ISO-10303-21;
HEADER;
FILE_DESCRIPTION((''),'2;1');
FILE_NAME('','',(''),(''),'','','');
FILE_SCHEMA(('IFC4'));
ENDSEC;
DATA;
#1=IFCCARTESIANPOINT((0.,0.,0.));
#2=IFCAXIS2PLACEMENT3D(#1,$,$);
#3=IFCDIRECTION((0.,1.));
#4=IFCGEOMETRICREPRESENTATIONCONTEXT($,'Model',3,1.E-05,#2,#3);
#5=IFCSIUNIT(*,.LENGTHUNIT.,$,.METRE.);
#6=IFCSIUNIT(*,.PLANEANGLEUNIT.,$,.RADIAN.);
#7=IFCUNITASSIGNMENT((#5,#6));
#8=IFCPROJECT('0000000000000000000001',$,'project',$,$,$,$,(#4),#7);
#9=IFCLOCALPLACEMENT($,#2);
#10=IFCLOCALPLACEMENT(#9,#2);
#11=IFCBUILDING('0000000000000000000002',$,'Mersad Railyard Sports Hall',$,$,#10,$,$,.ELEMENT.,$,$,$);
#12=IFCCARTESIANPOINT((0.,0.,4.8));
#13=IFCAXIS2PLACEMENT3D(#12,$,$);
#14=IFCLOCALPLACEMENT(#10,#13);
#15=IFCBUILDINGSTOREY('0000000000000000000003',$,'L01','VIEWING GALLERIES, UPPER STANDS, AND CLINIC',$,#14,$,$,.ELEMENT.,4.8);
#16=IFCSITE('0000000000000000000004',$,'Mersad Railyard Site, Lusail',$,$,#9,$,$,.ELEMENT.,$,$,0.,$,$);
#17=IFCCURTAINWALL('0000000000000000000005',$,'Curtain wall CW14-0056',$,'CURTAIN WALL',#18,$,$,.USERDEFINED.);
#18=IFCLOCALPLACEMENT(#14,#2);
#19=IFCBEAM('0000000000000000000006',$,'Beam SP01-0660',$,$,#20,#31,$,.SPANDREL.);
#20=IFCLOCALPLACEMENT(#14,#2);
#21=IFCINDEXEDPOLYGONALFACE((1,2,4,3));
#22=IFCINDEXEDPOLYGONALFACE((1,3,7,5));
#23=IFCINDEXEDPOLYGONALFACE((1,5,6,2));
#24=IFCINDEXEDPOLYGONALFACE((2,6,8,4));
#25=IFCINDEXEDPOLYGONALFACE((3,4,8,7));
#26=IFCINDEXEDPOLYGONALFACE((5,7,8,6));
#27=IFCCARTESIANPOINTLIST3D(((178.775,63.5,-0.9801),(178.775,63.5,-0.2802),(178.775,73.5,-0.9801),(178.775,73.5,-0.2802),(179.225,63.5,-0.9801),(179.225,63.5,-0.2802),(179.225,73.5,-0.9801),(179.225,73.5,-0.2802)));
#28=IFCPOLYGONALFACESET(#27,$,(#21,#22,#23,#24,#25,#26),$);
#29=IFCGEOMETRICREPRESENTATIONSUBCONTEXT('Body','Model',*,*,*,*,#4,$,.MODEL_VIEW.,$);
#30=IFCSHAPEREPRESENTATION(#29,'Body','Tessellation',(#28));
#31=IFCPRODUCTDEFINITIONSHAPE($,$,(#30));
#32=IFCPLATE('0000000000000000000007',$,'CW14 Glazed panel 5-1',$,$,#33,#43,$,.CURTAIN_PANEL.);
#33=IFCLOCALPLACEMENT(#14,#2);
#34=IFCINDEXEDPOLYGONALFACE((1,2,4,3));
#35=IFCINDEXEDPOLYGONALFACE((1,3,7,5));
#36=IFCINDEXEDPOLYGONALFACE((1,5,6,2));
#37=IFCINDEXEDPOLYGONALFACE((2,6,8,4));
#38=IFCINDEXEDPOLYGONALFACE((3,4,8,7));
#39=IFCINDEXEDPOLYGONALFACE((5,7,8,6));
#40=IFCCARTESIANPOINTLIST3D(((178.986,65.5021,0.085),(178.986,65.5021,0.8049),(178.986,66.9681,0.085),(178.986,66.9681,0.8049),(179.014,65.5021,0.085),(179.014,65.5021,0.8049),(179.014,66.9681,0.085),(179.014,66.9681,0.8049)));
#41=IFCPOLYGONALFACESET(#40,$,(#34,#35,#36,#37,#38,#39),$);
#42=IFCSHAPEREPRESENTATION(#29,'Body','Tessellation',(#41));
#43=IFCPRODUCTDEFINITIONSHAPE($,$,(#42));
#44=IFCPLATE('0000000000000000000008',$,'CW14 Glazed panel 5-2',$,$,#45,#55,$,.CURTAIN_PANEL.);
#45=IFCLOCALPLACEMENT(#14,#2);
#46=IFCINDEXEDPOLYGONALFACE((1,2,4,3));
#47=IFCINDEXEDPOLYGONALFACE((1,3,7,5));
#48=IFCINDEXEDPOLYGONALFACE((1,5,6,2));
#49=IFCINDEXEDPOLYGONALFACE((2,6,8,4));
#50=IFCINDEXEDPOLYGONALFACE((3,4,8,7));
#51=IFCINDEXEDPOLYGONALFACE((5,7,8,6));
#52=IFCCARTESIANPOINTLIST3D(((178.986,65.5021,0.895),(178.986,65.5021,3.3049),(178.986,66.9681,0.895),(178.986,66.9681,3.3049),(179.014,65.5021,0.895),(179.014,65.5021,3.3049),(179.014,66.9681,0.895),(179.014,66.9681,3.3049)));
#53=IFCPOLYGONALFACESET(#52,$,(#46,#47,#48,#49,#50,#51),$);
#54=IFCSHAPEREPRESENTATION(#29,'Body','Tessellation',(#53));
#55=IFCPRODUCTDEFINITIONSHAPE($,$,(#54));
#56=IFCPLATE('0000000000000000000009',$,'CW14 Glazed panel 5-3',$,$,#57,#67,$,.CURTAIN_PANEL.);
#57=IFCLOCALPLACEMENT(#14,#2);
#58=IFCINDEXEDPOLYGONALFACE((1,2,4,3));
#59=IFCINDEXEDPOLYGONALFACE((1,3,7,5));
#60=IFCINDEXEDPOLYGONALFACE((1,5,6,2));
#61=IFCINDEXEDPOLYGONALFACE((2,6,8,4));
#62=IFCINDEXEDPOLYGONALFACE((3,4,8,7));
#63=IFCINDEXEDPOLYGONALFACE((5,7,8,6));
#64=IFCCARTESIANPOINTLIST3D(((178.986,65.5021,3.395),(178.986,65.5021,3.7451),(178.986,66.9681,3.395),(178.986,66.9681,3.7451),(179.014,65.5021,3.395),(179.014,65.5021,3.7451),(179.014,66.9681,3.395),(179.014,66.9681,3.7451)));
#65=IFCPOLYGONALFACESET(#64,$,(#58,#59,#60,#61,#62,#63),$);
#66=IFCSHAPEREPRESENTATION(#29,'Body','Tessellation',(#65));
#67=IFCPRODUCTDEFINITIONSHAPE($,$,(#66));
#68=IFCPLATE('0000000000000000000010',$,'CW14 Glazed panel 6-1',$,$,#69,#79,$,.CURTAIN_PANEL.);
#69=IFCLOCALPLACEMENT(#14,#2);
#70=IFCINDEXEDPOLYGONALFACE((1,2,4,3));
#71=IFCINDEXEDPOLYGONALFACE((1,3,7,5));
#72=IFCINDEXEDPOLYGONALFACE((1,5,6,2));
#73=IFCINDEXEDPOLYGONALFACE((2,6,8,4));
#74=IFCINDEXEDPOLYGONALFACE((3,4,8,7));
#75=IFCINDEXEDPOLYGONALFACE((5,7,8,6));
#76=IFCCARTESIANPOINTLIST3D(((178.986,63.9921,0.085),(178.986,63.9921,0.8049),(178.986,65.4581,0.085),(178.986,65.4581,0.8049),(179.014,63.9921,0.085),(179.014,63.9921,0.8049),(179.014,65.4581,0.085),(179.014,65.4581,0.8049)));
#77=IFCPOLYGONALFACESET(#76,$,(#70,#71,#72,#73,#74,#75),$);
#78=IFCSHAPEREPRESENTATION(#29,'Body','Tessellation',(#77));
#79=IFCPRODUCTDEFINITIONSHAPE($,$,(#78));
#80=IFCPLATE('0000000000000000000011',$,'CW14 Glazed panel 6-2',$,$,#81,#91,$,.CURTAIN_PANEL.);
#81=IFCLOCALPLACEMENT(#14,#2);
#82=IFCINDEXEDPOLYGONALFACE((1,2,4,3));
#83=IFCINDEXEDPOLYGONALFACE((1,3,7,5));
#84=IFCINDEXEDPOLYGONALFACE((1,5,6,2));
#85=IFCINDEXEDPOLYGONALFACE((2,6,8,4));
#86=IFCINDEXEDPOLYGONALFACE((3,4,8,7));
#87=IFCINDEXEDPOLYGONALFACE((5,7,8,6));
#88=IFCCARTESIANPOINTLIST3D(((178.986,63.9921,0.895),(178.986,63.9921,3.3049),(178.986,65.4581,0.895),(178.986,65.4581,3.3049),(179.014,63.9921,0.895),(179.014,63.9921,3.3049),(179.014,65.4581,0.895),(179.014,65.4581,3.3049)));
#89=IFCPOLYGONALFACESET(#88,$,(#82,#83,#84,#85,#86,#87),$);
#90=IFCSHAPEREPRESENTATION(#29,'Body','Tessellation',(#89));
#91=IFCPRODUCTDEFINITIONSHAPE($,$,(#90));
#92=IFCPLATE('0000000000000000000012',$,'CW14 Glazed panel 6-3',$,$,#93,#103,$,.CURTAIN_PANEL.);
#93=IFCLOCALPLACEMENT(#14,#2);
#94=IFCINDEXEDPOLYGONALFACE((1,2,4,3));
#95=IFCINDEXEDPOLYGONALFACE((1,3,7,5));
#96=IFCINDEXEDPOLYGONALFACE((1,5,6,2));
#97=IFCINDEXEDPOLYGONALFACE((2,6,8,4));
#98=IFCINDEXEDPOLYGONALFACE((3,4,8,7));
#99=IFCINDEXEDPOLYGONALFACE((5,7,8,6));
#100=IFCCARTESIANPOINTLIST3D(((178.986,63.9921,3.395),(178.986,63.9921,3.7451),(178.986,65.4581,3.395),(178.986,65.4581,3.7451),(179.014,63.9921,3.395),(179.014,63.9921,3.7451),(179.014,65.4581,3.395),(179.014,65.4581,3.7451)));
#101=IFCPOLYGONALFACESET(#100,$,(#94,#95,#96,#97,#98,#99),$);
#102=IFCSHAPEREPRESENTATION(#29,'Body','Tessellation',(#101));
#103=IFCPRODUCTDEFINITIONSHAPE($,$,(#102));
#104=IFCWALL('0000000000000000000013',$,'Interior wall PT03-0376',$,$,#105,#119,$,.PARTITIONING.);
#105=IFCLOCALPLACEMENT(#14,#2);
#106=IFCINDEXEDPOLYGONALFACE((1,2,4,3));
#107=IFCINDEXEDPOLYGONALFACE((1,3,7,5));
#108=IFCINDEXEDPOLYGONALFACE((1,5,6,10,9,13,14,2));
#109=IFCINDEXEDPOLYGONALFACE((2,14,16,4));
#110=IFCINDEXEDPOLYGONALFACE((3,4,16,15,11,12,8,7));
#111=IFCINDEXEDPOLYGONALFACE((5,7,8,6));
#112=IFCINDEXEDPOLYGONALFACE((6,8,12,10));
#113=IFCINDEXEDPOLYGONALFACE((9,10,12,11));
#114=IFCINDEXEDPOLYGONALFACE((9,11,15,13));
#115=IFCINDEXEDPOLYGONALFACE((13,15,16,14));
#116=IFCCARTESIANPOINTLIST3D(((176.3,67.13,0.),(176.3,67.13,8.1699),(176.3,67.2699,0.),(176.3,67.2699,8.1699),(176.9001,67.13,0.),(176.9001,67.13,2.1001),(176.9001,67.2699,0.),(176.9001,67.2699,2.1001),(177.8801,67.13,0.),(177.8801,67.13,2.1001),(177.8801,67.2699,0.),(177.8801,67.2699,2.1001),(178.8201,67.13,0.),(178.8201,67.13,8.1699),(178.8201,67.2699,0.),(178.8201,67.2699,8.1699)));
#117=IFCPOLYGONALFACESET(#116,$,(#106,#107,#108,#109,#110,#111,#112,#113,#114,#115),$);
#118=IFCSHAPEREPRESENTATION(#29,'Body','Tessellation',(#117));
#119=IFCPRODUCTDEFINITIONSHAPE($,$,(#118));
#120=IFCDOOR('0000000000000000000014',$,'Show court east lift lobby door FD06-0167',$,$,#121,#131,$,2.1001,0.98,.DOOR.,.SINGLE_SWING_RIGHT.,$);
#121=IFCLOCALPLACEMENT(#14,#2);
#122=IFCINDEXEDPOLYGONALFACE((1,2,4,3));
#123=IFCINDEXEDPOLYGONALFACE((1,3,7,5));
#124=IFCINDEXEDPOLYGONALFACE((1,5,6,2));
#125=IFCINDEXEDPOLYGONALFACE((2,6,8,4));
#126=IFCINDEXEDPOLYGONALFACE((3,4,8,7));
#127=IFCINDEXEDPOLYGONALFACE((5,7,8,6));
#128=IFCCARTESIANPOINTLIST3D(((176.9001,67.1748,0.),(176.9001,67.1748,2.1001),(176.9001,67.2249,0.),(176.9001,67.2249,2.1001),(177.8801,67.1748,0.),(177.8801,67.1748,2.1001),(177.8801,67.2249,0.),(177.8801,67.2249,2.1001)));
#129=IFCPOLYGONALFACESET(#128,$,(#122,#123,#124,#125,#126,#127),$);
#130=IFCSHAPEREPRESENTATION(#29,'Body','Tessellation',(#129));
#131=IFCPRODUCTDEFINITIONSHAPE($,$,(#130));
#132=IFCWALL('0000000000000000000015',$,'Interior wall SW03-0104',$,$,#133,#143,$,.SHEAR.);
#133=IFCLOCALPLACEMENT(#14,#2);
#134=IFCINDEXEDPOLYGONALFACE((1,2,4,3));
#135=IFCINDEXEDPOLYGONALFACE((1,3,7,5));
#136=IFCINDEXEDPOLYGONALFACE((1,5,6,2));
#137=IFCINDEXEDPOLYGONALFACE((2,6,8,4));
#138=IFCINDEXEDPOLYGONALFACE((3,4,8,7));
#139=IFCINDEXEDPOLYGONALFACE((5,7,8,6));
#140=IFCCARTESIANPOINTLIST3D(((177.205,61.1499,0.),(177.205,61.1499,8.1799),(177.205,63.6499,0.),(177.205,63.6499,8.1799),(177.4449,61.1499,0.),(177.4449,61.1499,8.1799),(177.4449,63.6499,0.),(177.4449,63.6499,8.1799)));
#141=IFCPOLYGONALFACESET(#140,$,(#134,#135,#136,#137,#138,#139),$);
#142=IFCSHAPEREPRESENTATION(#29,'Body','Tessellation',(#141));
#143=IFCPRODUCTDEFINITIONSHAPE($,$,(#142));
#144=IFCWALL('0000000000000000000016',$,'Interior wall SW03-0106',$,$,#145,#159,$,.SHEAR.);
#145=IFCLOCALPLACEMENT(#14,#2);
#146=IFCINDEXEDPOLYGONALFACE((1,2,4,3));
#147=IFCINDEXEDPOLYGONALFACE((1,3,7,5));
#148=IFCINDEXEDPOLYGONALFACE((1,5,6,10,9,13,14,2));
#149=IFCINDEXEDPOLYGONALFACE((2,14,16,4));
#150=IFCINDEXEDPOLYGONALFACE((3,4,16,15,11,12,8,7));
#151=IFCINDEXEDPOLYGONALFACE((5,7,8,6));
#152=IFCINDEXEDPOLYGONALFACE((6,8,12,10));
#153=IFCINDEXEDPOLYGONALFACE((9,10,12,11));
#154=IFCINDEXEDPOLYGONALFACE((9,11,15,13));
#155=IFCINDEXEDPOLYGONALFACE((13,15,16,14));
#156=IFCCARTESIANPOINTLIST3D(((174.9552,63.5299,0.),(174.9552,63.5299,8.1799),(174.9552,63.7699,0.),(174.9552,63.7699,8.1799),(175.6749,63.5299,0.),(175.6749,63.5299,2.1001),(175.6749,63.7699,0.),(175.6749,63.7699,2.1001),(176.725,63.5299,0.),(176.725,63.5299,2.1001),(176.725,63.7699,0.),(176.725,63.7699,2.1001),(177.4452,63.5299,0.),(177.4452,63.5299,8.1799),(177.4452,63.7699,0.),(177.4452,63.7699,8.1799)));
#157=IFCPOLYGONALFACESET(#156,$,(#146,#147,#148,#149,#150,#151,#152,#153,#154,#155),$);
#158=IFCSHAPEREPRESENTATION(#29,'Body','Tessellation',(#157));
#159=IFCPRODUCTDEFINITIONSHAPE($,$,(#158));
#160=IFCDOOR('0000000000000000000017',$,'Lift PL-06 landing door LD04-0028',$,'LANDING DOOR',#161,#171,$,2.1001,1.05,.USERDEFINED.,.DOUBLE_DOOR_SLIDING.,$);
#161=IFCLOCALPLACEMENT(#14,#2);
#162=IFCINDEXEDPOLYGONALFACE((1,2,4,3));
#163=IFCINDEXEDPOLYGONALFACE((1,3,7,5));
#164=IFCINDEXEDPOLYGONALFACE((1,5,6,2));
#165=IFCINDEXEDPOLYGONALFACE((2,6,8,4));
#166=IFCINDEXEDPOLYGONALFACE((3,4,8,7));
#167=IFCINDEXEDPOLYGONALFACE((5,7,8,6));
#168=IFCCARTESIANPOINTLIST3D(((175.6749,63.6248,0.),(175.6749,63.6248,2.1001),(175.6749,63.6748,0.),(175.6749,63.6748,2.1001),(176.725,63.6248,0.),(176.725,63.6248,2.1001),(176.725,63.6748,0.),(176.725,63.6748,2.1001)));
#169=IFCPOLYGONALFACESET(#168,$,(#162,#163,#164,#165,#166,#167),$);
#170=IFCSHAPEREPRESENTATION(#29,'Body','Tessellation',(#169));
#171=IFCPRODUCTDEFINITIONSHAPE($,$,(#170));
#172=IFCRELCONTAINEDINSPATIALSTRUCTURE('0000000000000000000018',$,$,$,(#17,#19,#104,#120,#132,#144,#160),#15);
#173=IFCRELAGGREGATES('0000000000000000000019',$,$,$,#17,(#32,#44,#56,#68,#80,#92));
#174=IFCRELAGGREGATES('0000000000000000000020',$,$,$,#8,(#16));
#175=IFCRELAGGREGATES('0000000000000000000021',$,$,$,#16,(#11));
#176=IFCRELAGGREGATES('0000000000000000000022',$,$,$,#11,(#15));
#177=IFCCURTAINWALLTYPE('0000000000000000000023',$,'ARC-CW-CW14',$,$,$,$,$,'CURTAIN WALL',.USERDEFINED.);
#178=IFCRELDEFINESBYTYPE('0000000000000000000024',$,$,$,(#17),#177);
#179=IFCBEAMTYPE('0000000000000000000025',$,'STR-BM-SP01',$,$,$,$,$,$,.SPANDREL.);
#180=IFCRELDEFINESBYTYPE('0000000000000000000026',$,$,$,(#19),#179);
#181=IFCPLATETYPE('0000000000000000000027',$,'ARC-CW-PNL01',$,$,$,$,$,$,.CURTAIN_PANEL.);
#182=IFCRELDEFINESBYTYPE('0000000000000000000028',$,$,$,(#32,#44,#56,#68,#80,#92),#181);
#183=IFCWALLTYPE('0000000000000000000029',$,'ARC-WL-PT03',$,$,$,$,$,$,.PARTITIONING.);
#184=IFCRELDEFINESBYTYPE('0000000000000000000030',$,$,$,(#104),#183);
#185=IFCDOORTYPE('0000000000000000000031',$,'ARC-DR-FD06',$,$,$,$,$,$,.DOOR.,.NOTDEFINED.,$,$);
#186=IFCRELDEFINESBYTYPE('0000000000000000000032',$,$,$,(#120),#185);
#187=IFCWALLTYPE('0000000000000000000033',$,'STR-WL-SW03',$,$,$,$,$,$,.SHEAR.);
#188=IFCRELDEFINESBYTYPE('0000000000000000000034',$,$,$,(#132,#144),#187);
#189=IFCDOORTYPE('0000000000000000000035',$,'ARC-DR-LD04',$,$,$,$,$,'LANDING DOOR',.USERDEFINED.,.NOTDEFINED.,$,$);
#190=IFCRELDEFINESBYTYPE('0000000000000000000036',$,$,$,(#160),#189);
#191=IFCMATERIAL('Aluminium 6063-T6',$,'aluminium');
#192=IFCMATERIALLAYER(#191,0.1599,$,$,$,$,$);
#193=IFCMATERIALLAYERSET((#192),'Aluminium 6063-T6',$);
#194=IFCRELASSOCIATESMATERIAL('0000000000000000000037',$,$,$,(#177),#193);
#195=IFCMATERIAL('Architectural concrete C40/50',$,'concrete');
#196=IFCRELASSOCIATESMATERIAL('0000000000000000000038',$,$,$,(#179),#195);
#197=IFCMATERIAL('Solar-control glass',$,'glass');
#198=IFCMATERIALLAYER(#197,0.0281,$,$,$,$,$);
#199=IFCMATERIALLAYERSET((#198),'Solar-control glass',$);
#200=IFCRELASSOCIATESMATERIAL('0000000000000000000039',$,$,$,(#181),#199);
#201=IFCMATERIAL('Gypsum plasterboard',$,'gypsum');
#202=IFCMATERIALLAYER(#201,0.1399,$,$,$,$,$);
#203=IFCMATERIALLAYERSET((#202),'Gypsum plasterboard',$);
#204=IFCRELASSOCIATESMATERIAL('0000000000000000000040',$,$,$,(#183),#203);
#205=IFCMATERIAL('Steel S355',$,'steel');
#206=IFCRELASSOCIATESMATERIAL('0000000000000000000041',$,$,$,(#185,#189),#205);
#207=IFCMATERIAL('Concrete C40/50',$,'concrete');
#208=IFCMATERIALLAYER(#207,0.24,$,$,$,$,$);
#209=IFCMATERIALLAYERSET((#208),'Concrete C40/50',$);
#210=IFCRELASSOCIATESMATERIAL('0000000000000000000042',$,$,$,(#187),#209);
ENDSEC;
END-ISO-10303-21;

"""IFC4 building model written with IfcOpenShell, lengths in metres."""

from ifc_helpers import new_model, si_unit, direction, frame, frame_2d, origin, origin_2d, place, context, subcontext, project, spatial, rectangle, extrude, material, layer, layer_set, material_profile, profile_set, type_object, element, fill, aggregate, save


model = new_model("IFC4")

# Units and contexts
model_context = context("Model", 3, precision=1e-05, world=origin(), true_north=direction((0.0, 1.0)))
body_context = subcontext(model_context, "Body", "Model", "MODEL_VIEW")
ifc_project = project(units=[si_unit("LENGTHUNIT", "METRE"), si_unit("PLANEANGLEUNIT", "RADIAN")], contexts=[model_context])

# Site, building, storey
site_placement = place(None, origin())
site = spatial("IfcSite", under=ifc_project, at=site_placement, Name="Mersad Railyard Site, Lusail", CompositionType="ELEMENT", RefElevation=0.0)
building_placement = place(site_placement, origin())
building = spatial("IfcBuilding", under=site, at=building_placement, Name="Mersad Railyard Sports Hall", CompositionType="ELEMENT")
storey_placement = place(building_placement, frame((0.0, 0.0, 4.8)))
storey = spatial("IfcBuildingStorey", under=building, at=storey_placement, Name="L01", Description="VIEWING GALLERIES, UPPER STANDS, AND CLINIC", CompositionType="ELEMENT", Elevation=4.8)

# Shared definitions
ifc_material_1 = material(Name="Concrete C40/50", Category="concrete")

# Curtain wall
ifc_material_2 = material(Name="Aluminium 6063-T6", Category="aluminium")
ifc_layer_1 = layer(ifc_material_2, 0.1599)
ifc_layer_set_1 = layer_set([ifc_layer_1], Name="Aluminium 6063-T6")
curtain_wall_type = type_object("IfcCurtainWallType", Name="ARC-CW-CW14", ElementType="CURTAIN WALL", PredefinedType="USERDEFINED", material=ifc_layer_set_1)
curtain_wall_placement = place(storey_placement, origin())
curtain_wall = element("IfcCurtainWall", 1, at=curtain_wall_placement, inside=storey, type_object=curtain_wall_type, Name="Curtain wall CW14-0056", ObjectType="CURTAIN WALL", PredefinedType="USERDEFINED")

# Beam
ifc_material_3 = material(Name="Architectural concrete C40/50", Category="concrete")
ifc_material_profile_1 = material_profile(ifc_material_3, rectangle(XDim=0.45, YDim=0.7, at=origin_2d()), Name="RC 450x700")
ifc_profile_set_1 = profile_set([ifc_material_profile_1], Name="Architectural concrete C40/50")
beam_type_1 = type_object("IfcBeamType", Name="STR-BM-SP01", PredefinedType="SPANDREL", material=ifc_profile_set_1)
beam_1_placement = place(storey_placement, frame((179.0, 63.5, -0.6301), z_axis=(0.0, 1.0, 0.0), x_axis=(-1.0, 0.0, 0.0)))
element("IfcBeam", 2, at=beam_1_placement, inside=storey, type_object=beam_type_1, Name="Beam SP01-0660", PredefinedType="SPANDREL", context=body_context, shape_type="SweptSolid", body=[
    extrude(rectangle(XDim=0.45, YDim=0.7, at=origin_2d()), origin(), (0.0, 0.0, 1.0), 10.0),
])

# Plates
ifc_material_4 = material(Name="Solar-control glass", Category="glass")
ifc_layer_2 = layer(ifc_material_4, 0.0281)
ifc_layer_set_2 = layer_set([ifc_layer_2], Name="Solar-control glass")
plate_type = type_object("IfcPlateType", Name="ARC-CW-PNL01", PredefinedType="CURTAIN_PANEL", material=ifc_layer_set_2)
plate_1_placement = place(storey_placement, frame((179.0, 66.2351, 0.085), z_axis=(0.0, 0.0, 1.0), x_axis=(0.0, -1.0, 0.0)))
plate_1 = element("IfcPlate", 3, at=plate_1_placement, type_object=plate_type, Name="CW14 Glazed panel 5-1", PredefinedType="CURTAIN_PANEL", context=body_context, shape_type="SweptSolid", body=[
    extrude(rectangle(XDim=1.4661, YDim=0.0281, at=origin_2d()), origin(), (0.0, 0.0, 1.0), 0.72),
])
plate_2_placement = place(storey_placement, frame((179.0, 66.2351, 0.895), z_axis=(0.0, 0.0, 1.0), x_axis=(0.0, -1.0, 0.0)))
plate_2 = element("IfcPlate", 4, at=plate_2_placement, type_object=plate_type, Name="CW14 Glazed panel 5-2", PredefinedType="CURTAIN_PANEL", context=body_context, shape_type="SweptSolid", body=[
    extrude(rectangle(XDim=1.4661, YDim=0.0281, at=origin_2d()), origin(), (0.0, 0.0, 1.0), 2.4099),
])
plate_3_placement = place(storey_placement, frame((179.0, 66.2351, 3.395), z_axis=(0.0, 0.0, 1.0), x_axis=(0.0, -1.0, 0.0)))
plate_3 = element("IfcPlate", 5, at=plate_3_placement, type_object=plate_type, Name="CW14 Glazed panel 5-3", PredefinedType="CURTAIN_PANEL", context=body_context, shape_type="SweptSolid", body=[
    extrude(rectangle(XDim=1.4661, YDim=0.0281, at=origin_2d()), origin(), (0.0, 0.0, 1.0), 0.3501),
])
plate_4_placement = place(storey_placement, frame((179.0, 64.7251, 0.085), z_axis=(0.0, 0.0, 1.0), x_axis=(0.0, -1.0, 0.0)))
plate_4 = element("IfcPlate", 6, at=plate_4_placement, type_object=plate_type, Name="CW14 Glazed panel 6-1", PredefinedType="CURTAIN_PANEL", context=body_context, shape_type="SweptSolid", body=[
    extrude(rectangle(XDim=1.4661, YDim=0.0281, at=origin_2d()), origin(), (0.0, 0.0, 1.0), 0.72),
])
plate_5_placement = place(storey_placement, frame((179.0, 64.7251, 0.895), z_axis=(0.0, 0.0, 1.0), x_axis=(0.0, -1.0, 0.0)))
plate_5 = element("IfcPlate", 7, at=plate_5_placement, type_object=plate_type, Name="CW14 Glazed panel 6-2", PredefinedType="CURTAIN_PANEL", context=body_context, shape_type="SweptSolid", body=[
    extrude(rectangle(XDim=1.4661, YDim=0.0281, at=origin_2d()), origin(), (0.0, 0.0, 1.0), 2.4099),
])
plate_6_placement = place(storey_placement, frame((179.0, 64.7251, 3.395), z_axis=(0.0, 0.0, 1.0), x_axis=(0.0, -1.0, 0.0)))
plate_6 = element("IfcPlate", 8, at=plate_6_placement, type_object=plate_type, Name="CW14 Glazed panel 6-3", PredefinedType="CURTAIN_PANEL", context=body_context, shape_type="SweptSolid", body=[
    extrude(rectangle(XDim=1.4661, YDim=0.0281, at=origin_2d()), origin(), (0.0, 0.0, 1.0), 0.3501),
])
aggregate(curtain_wall, [plate_1, plate_2, plate_3, plate_4, plate_5, plate_6])

# Wall, opening, door
ifc_material_5 = material(Name="Gypsum plasterboard", Category="gypsum")
ifc_layer_3 = layer(ifc_material_5, 0.1399)
ifc_layer_set_3 = layer_set([ifc_layer_3], Name="Gypsum plasterboard")
wall_type_1 = type_object("IfcWallType", Name="ARC-WL-PT03", PredefinedType="PARTITIONING", material=ifc_layer_set_3)
wall_1_placement = place(storey_placement, frame((176.3, 67.2, 0.0), z_axis=(0.0, 0.0, 1.0), x_axis=(1.0, 0.0, 0.0)))
wall_1 = element("IfcWall", 9, at=wall_1_placement, inside=storey, type_object=wall_type_1, Name="Interior wall PT03-0376", PredefinedType="PARTITIONING", context=body_context, shape_type="SweptSolid", body=[
    extrude(rectangle(XDim=2.52, YDim=0.1399, at=frame_2d((1.26, 0.0))), origin(), (0.0, 0.0, 1.0), 8.1699),
])
opening_1_placement = place(wall_1_placement, frame((0.6001, 0.0, 0.0)))
opening_1 = element("IfcOpeningElement", 10, at=opening_1_placement, cuts=wall_1, PredefinedType="OPENING", context=body_context, shape_type="SweptSolid", body=[
    extrude(rectangle(XDim=0.98, YDim=2.1001, at=frame_2d((0.49, 1.05))), frame((0.0, 0.0798, 0.0), z_axis=(0.0, -1.0, 0.0), x_axis=(1.0, 0.0, 0.0)), (0.0, 0.0, 1.0), 0.1599),
])
ifc_material_6 = material(Name="Steel S355", Category="steel")
door_type_1 = type_object("IfcDoorType", Name="ARC-DR-FD06", OperationType="NOTDEFINED", PredefinedType="DOOR", material=ifc_material_6)
door_1_placement = place(opening_1_placement, origin())
door_1 = element("IfcDoor", 11, at=door_1_placement, inside=storey, type_object=door_type_1, Name="Show court east lift lobby door FD06-0167", OperationType="SINGLE_SWING_RIGHT", OverallHeight=2.1001, OverallWidth=0.98, PredefinedType="DOOR", context=body_context, shape_type="SweptSolid", body=[
    extrude(rectangle(XDim=0.98, YDim=2.1001, at=frame_2d((0.49, 1.05))), frame((0.0, 0.0249, 0.0), z_axis=(0.0, -1.0, 0.0), x_axis=(1.0, 0.0, 0.0)), (0.0, 0.0, 1.0), 0.05),
])
fill(opening_1, door_1)

# Wall
ifc_layer_4 = layer(ifc_material_1, 0.24)
ifc_layer_set_4 = layer_set([ifc_layer_4], Name="Concrete C40/50")
wall_type_2 = type_object("IfcWallType", Name="STR-WL-SW03", PredefinedType="SHEAR", material=ifc_layer_set_4)
wall_2_placement = place(storey_placement, frame((177.325, 63.6499, 0.0), z_axis=(0.0, 0.0, 1.0), x_axis=(0.0, -1.0, 0.0)))
element("IfcWall", 12, at=wall_2_placement, inside=storey, type_object=wall_type_2, Name="Interior wall SW03-0104", PredefinedType="SHEAR", context=body_context, shape_type="SweptSolid", body=[
    extrude(rectangle(XDim=2.5, YDim=0.24, at=frame_2d((1.25, 0.0))), origin(), (0.0, 0.0, 1.0), 8.1799),
])

# Wall, opening, door
wall_3_placement = place(storey_placement, frame((174.9551, 63.6499, 0.0), z_axis=(0.0, 0.0, 1.0), x_axis=(1.0, 0.0, 0.0)))
wall_3 = element("IfcWall", 13, at=wall_3_placement, inside=storey, type_object=wall_type_2, Name="Interior wall SW03-0106", PredefinedType="SHEAR", context=body_context, shape_type="SweptSolid", body=[
    extrude(rectangle(XDim=2.49, YDim=0.24, at=frame_2d((1.2451, 0.0))), origin(), (0.0, 0.0, 1.0), 8.1799),
])
opening_2_placement = place(wall_3_placement, frame((0.72, 0.0, 0.0)))
opening_2 = element("IfcOpeningElement", 14, at=opening_2_placement, cuts=wall_3, PredefinedType="OPENING", context=body_context, shape_type="SweptSolid", body=[
    extrude(rectangle(XDim=1.05, YDim=2.1001, at=frame_2d((0.5249, 1.05))), frame((0.0, 0.1299, 0.0), z_axis=(0.0, -1.0, 0.0), x_axis=(1.0, 0.0, 0.0)), (0.0, 0.0, 1.0), 0.26),
])
door_type_2 = type_object("IfcDoorType", Name="ARC-DR-LD04", ElementType="LANDING DOOR", OperationType="NOTDEFINED", PredefinedType="USERDEFINED", material=ifc_material_6)
door_2_placement = place(opening_2_placement, origin())
door_2 = element("IfcDoor", 15, at=door_2_placement, inside=storey, type_object=door_type_2, Name="Lift PL-06 landing door LD04-0028", ObjectType="LANDING DOOR", OperationType="DOUBLE_DOOR_SLIDING", OverallHeight=2.1001, OverallWidth=1.05, PredefinedType="USERDEFINED", context=body_context, shape_type="SweptSolid", body=[
    extrude(rectangle(XDim=1.05, YDim=2.1001, at=frame_2d((0.5249, 1.05))), frame((0.0, 0.0249, 0.0), z_axis=(0.0, -1.0, 0.0), x_axis=(1.0, 0.0, 0.0)), (0.0, 0.0, 1.0), 0.05),
])
fill(opening_2, door_2)

save(model, "model.ifc")
